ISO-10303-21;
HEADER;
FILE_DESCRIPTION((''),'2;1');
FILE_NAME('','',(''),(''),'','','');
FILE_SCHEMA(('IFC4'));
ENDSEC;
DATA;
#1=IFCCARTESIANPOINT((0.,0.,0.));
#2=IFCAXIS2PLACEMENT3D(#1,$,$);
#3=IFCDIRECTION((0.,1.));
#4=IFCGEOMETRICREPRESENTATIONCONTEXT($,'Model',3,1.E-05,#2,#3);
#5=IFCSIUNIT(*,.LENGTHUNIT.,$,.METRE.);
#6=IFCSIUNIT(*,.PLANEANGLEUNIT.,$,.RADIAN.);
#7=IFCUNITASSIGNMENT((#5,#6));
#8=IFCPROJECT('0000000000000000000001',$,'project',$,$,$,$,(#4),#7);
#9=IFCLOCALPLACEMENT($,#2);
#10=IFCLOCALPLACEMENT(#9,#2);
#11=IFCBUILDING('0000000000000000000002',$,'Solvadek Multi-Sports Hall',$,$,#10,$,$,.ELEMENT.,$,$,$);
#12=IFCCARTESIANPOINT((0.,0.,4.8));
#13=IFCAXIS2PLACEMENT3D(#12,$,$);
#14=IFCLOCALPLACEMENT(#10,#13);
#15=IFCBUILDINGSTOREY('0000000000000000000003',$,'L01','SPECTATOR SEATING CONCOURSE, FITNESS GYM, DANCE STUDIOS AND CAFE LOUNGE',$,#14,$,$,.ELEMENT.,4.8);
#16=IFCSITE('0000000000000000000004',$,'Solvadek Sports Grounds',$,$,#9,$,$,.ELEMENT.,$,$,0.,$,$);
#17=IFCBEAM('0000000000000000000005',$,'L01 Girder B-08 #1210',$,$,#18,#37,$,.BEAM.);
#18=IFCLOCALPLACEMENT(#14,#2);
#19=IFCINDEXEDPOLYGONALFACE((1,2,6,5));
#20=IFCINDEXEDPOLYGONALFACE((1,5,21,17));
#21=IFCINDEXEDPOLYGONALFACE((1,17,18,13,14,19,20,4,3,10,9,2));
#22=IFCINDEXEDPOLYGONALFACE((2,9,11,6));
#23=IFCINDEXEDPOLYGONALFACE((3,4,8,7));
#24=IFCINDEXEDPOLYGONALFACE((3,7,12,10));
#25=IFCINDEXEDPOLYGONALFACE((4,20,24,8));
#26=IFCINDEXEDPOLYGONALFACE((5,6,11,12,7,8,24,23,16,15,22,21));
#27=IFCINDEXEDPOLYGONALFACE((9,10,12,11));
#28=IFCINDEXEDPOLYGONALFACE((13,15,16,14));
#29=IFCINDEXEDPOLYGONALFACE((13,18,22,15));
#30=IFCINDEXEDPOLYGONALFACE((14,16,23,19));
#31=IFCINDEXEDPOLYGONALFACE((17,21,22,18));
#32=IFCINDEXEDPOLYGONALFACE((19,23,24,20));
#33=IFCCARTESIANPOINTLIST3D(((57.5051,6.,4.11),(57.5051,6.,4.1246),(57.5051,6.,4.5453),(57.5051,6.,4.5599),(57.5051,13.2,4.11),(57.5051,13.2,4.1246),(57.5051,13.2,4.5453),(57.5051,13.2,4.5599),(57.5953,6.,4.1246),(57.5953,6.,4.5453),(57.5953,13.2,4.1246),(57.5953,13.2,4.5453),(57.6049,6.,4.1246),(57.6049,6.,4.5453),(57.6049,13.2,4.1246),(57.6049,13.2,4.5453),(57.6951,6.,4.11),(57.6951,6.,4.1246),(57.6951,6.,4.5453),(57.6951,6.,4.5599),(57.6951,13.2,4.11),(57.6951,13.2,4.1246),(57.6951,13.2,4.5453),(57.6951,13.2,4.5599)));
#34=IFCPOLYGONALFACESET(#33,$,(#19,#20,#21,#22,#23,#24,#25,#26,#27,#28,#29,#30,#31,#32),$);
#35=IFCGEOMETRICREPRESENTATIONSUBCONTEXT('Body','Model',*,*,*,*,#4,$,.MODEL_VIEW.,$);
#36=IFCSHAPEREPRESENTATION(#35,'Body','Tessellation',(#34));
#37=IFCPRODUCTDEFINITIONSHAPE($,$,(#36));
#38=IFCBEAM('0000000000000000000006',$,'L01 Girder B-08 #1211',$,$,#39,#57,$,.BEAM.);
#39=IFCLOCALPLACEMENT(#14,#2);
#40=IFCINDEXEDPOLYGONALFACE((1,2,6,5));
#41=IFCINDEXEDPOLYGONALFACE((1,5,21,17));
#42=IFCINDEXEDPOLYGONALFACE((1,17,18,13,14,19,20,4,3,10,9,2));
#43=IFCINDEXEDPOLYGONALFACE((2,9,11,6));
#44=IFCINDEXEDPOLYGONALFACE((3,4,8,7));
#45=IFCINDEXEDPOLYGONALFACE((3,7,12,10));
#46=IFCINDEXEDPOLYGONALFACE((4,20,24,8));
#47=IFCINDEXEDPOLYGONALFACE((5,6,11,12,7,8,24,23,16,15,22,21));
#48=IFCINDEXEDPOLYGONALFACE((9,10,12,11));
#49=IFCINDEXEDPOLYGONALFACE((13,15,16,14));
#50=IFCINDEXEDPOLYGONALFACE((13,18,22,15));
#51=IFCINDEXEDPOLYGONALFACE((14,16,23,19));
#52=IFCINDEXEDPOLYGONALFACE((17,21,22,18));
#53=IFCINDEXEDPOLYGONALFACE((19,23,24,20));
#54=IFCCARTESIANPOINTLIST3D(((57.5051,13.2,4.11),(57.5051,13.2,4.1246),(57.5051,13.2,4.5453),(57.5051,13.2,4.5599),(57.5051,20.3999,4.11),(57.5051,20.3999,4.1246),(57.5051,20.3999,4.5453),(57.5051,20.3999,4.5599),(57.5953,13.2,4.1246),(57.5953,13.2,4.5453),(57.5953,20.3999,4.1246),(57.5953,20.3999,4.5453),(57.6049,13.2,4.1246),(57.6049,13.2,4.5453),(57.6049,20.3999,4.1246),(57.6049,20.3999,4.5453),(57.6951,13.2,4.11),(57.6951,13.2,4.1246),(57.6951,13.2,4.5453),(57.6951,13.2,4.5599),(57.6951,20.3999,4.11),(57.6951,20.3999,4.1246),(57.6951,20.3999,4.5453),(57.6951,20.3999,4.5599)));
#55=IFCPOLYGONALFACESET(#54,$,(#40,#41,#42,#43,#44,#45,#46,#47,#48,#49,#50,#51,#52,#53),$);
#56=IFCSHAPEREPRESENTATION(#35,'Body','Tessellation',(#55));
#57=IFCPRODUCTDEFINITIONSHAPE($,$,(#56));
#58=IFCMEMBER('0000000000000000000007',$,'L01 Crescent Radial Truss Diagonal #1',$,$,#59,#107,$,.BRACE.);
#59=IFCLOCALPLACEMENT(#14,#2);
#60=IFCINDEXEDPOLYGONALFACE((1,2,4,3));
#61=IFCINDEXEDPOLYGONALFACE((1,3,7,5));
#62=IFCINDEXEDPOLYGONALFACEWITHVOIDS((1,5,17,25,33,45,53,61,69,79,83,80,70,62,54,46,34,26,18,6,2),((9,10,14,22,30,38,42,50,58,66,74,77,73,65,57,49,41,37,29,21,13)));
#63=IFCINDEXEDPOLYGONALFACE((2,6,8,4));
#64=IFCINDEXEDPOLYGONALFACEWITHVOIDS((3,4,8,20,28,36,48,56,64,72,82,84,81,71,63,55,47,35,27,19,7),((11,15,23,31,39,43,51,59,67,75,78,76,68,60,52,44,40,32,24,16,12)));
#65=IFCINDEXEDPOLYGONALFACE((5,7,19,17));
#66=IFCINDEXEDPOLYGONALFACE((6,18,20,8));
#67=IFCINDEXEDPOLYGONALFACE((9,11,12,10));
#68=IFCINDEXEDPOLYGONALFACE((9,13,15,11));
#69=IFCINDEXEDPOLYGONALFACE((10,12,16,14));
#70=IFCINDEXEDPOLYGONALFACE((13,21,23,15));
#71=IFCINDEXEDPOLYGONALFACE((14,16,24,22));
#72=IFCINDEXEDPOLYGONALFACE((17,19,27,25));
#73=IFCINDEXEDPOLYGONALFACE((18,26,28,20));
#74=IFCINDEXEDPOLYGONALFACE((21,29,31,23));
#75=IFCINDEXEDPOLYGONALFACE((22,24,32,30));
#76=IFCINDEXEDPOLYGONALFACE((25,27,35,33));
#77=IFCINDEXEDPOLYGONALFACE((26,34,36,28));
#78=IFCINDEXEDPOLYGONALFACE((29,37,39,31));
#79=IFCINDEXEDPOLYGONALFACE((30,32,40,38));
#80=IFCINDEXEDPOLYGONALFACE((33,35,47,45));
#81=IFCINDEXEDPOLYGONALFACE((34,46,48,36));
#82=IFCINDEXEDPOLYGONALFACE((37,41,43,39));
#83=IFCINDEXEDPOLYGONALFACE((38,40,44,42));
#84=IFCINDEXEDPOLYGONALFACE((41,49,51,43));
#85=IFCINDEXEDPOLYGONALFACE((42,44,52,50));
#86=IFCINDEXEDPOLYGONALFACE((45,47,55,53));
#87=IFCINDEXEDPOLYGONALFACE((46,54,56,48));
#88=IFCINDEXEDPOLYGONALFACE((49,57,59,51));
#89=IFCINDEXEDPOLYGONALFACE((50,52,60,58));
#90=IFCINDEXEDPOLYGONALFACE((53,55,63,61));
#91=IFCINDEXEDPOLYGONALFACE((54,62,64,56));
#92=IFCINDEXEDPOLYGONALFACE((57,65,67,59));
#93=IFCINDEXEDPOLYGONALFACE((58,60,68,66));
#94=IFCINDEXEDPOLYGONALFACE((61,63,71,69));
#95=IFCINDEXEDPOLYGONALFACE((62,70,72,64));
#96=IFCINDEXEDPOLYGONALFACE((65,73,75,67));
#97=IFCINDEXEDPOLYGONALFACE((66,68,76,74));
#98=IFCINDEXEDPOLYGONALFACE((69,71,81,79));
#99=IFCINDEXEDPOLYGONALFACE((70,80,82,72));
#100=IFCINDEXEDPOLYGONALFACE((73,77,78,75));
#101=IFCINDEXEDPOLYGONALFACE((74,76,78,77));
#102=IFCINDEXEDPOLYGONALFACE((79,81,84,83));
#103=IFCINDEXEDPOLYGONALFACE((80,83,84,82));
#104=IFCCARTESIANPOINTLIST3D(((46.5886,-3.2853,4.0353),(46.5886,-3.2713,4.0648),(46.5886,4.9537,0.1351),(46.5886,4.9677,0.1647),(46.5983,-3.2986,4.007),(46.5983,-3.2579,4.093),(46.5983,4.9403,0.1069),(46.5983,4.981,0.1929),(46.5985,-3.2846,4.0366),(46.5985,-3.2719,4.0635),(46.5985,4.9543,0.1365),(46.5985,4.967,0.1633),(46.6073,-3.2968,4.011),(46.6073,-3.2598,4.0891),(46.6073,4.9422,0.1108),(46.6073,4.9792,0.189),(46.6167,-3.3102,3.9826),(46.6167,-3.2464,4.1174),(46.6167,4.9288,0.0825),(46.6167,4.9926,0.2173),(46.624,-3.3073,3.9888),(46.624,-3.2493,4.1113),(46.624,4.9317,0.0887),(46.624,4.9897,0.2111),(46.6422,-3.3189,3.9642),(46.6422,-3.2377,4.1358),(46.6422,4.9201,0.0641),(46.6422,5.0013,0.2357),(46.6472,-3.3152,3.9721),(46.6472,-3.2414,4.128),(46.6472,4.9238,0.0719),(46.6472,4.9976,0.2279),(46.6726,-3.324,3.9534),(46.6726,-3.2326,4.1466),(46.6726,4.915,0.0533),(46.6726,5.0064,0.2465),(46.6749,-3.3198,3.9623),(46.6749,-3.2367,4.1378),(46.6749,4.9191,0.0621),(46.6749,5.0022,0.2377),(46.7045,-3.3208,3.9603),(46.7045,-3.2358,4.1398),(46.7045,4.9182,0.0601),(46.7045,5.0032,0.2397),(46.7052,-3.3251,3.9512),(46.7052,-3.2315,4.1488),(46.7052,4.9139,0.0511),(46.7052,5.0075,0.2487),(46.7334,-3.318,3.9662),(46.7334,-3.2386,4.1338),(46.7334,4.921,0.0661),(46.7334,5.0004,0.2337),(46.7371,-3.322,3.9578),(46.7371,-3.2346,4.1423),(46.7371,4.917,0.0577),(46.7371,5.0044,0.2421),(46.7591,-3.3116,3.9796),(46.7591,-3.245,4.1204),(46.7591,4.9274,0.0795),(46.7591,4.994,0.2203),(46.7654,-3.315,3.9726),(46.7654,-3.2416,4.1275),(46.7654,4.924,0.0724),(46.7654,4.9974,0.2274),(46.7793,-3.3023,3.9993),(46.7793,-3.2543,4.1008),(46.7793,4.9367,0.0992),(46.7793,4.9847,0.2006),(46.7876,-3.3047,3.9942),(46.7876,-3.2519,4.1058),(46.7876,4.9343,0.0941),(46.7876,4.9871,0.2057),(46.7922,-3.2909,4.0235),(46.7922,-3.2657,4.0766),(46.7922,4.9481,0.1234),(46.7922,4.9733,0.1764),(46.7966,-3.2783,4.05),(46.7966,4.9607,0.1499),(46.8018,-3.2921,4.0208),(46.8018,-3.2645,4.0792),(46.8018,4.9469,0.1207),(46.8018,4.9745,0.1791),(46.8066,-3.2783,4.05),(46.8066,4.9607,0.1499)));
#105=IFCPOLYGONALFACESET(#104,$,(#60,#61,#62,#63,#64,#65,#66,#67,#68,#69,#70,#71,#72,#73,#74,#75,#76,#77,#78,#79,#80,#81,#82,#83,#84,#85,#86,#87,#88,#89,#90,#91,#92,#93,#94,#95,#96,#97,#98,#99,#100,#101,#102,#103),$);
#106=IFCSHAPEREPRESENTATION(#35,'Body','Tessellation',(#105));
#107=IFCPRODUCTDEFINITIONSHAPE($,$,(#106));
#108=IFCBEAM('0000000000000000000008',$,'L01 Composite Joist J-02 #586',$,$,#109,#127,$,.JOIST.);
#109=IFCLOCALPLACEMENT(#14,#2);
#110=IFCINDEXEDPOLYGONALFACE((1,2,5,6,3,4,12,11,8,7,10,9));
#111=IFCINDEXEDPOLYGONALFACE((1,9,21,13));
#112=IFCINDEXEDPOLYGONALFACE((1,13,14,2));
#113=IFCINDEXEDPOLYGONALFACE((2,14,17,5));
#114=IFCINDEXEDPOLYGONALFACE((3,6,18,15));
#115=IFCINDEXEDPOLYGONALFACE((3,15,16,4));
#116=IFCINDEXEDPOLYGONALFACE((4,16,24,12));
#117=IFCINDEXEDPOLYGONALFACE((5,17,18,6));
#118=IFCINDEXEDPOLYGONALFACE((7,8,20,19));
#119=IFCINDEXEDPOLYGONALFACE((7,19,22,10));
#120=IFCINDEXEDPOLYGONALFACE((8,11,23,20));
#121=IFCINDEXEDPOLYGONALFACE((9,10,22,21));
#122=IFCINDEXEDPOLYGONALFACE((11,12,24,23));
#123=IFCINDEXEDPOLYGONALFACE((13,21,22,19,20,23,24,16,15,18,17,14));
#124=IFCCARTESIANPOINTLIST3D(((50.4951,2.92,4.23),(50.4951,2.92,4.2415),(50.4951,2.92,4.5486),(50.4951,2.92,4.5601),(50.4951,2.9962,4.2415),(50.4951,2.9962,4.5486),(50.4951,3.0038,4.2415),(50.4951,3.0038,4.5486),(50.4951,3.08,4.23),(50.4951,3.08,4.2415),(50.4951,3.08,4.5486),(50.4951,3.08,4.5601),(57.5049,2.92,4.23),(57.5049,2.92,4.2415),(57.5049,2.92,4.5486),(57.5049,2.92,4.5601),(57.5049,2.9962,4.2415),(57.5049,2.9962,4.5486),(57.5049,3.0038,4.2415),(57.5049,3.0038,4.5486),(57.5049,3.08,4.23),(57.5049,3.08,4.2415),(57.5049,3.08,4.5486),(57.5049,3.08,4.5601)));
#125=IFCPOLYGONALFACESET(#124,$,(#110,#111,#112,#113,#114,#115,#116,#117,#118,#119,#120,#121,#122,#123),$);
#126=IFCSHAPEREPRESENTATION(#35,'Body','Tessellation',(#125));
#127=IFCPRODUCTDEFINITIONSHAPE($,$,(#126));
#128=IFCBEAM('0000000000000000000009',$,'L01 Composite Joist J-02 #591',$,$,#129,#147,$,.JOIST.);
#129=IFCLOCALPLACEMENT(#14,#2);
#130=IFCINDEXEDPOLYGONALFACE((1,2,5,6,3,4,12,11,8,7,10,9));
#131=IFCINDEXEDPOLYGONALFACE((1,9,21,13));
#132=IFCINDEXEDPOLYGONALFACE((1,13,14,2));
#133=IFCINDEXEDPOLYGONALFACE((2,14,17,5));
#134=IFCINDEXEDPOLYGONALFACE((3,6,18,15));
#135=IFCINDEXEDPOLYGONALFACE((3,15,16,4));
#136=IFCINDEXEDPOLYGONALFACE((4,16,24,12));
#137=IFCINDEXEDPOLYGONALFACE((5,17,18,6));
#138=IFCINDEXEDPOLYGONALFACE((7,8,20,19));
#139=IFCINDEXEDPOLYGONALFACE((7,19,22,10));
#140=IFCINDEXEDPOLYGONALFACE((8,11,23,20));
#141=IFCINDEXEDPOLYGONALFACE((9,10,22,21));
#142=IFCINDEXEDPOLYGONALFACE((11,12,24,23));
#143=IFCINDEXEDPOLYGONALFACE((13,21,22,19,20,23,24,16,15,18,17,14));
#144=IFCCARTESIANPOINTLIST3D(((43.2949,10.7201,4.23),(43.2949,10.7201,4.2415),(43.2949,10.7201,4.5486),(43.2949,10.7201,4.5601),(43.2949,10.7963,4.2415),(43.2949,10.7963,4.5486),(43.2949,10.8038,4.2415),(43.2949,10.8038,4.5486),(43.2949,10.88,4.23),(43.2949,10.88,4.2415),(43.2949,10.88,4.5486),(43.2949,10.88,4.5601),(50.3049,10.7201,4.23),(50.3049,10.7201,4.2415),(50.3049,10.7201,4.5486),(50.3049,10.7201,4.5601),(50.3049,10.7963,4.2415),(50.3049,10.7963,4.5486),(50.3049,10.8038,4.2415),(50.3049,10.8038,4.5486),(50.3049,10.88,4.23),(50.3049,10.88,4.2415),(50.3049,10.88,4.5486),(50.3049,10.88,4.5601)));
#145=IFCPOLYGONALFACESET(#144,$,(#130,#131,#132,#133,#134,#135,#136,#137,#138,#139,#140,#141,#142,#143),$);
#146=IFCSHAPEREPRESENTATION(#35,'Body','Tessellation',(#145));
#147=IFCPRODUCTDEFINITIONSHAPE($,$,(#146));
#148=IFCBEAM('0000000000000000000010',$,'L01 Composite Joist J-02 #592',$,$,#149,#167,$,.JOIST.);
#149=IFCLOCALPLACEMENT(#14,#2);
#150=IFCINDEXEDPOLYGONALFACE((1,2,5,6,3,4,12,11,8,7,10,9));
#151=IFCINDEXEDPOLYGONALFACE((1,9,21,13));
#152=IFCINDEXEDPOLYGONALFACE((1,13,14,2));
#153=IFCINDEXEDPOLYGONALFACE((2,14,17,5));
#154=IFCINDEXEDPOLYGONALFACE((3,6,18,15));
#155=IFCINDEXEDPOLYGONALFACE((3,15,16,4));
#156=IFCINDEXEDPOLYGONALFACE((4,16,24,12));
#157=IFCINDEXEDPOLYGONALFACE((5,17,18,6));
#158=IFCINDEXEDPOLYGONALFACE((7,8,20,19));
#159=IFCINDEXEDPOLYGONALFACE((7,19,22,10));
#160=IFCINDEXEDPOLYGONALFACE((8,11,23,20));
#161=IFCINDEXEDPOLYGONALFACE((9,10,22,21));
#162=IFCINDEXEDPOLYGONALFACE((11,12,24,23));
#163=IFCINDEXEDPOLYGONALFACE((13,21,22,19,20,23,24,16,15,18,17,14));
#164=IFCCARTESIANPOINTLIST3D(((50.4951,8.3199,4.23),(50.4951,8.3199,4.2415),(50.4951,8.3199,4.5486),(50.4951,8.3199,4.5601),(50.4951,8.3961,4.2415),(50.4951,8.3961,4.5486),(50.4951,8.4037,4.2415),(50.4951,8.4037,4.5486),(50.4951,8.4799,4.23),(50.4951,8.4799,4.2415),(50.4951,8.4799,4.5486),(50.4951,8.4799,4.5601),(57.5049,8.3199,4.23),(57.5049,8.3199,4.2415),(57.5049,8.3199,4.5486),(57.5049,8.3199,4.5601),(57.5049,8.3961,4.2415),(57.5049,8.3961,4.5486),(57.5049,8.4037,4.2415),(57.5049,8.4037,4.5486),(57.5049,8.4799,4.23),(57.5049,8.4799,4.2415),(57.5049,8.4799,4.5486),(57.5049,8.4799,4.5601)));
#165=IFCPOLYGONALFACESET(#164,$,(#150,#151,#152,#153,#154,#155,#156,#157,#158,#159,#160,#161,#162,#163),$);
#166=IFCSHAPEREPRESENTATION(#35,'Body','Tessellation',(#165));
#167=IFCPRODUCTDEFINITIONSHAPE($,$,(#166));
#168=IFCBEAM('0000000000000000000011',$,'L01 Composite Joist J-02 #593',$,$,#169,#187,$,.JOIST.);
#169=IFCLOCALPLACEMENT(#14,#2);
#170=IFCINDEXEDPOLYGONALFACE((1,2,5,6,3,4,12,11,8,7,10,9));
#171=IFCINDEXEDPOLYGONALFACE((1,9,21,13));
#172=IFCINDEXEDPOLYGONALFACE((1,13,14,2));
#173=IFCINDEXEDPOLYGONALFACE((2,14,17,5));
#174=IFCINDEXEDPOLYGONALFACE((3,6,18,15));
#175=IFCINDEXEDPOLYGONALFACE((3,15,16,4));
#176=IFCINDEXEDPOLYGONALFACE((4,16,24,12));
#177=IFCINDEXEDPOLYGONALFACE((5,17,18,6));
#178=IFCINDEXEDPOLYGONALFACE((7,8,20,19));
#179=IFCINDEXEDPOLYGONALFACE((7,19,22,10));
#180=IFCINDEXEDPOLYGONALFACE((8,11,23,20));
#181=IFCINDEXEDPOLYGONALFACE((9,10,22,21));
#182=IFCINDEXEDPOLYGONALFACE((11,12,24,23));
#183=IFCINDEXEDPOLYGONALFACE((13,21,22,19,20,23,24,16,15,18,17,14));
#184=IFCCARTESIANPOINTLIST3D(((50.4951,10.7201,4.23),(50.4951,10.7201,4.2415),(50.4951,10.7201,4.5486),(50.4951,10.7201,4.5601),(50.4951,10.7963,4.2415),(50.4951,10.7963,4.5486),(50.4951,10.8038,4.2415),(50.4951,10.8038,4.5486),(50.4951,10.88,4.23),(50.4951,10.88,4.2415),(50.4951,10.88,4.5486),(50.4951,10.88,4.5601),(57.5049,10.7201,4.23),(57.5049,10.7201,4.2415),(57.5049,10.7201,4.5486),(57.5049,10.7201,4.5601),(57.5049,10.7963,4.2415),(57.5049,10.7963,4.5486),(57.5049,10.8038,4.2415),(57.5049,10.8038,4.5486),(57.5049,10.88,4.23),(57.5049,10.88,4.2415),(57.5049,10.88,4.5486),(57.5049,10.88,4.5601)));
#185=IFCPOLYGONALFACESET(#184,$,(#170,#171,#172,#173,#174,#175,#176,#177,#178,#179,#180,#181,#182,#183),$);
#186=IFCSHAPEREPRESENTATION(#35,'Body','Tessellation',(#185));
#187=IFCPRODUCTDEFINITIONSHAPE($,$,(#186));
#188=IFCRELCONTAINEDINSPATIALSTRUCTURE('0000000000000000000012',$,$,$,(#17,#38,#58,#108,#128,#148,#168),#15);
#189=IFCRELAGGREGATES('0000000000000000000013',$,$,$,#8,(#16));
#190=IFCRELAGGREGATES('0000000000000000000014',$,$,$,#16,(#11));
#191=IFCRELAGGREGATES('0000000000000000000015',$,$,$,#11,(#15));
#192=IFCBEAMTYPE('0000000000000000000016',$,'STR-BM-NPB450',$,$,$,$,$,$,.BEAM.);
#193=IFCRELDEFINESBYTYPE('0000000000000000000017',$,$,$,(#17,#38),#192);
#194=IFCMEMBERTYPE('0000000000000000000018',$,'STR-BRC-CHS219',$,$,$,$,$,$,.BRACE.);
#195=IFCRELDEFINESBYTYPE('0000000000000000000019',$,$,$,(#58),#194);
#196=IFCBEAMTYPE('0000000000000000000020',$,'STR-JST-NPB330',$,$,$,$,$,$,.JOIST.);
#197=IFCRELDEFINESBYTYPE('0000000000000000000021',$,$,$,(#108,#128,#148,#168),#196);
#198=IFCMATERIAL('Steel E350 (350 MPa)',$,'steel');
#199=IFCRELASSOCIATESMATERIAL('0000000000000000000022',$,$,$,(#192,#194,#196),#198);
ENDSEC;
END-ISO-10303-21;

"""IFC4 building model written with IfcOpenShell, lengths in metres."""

from ifc_helpers import new_model, si_unit, direction, frame, origin, origin_2d, place, context, subcontext, project, spatial, hollow_circle, i_section, extrude, material, material_profile, profile_set, type_object, element, save


model = new_model("IFC4")

# Units and contexts
model_context = context("Model", 3, precision=1e-05, world=origin(), true_north=direction((0.0, 1.0)))
body_context = subcontext(model_context, "Body", "Model", "MODEL_VIEW")
ifc_project = project(units=[si_unit("LENGTHUNIT", "METRE"), si_unit("PLANEANGLEUNIT", "RADIAN")], contexts=[model_context])

# Site, building, storey
site_placement = place(None, origin())
site = spatial("IfcSite", under=ifc_project, at=site_placement, Name="Solvadek Sports Grounds", CompositionType="ELEMENT", RefElevation=0.0)
building_placement = place(site_placement, origin())
building = spatial("IfcBuilding", under=site, at=building_placement, Name="Solvadek Multi-Sports Hall", CompositionType="ELEMENT")
storey_placement = place(building_placement, frame((0.0, 0.0, 4.8)))
storey = spatial("IfcBuildingStorey", under=building, at=storey_placement, Name="L01", Description="SPECTATOR SEATING CONCOURSE, FITNESS GYM, DANCE STUDIOS AND CAFE LOUNGE", CompositionType="ELEMENT", Elevation=4.8)

# Shared definitions
ifc_material = material(Name="Steel E350 (350 MPa)", Category="steel")

# Beams
ifc_material_profile_1 = material_profile(ifc_material, i_section(OverallWidth=0.1899, OverallDepth=0.45, WebThickness=0.0095, FlangeThickness=0.0146, at=origin_2d()), Name="NPB 450")
ifc_profile_set_1 = profile_set([ifc_material_profile_1], Name="Steel E350 (350 MPa)")
beam_type_1 = type_object("IfcBeamType", Name="STR-BM-NPB450", PredefinedType="BEAM", material=ifc_profile_set_1)
for number, where, z_axis, x_axis, name in (
    (1, (57.6001, 6.0, 4.335), (0.0, 1.0, 0.0), (-1.0, 0.0, 0.0), "L01 Girder B-08 #1210"),
    (2, (57.6001, 13.2, 4.335), (0.0, 1.0, 0.0), (-1.0, 0.0, 0.0), "L01 Girder B-08 #1211"),
):
    element("IfcBeam", number, at=place(storey_placement, frame(where, z_axis=z_axis, x_axis=x_axis)), inside=storey, type_object=beam_type_1, Name=name, PredefinedType="BEAM", context=body_context, shape_type="SweptSolid", body=[
        extrude(i_section(OverallWidth=0.1899, OverallDepth=0.45, WebThickness=0.0095, FlangeThickness=0.0146, at=origin_2d()), origin(), (0.0, 0.0, 1.0), 7.2),
    ])

# Member
ifc_material_profile_2 = material_profile(ifc_material, hollow_circle(Radius=0.1096, WallThickness=0.01, at=origin_2d()), Name="CHS 219.1x10")
ifc_profile_set_2 = profile_set([ifc_material_profile_2], Name="Steel E350 (350 MPa)")
member_type = type_object("IfcMemberType", Name="STR-BRC-CHS219", PredefinedType="BRACE", material=ifc_profile_set_2)
member_placement = place(storey_placement, frame((46.697, 4.9607, 0.1499), z_axis=(0.0, -0.903846, 0.427858), x_axis=(1.0, 0.0, 0.0)))
element("IfcMember", 3, at=member_placement, inside=storey, type_object=member_type, Name="L01 Crescent Radial Truss Diagonal #1", PredefinedType="BRACE", context=body_context, shape_type="SweptSolid", body=[
    extrude(hollow_circle(Radius=0.1096, WallThickness=0.01, at=origin_2d()), origin(), (0.0, 0.0, 1.0), 9.1155),
])

# Beams
ifc_material_profile_3 = material_profile(ifc_material, i_section(OverallWidth=0.1599, OverallDepth=0.3301, WebThickness=0.0076, FlangeThickness=0.0115, at=origin_2d()), Name="NPB 330")
ifc_profile_set_3 = profile_set([ifc_material_profile_3], Name="Steel E350 (350 MPa)")
beam_type_2 = type_object("IfcBeamType", Name="STR-JST-NPB330", PredefinedType="JOIST", material=ifc_profile_set_3)
beam_1_placement = place(storey_placement, frame((50.4951, 3.0, 4.395), z_axis=(1.0, 0.0, 0.0), x_axis=(0.0, 1.0, 0.0)))
element("IfcBeam", 4, at=beam_1_placement, inside=storey, type_object=beam_type_2, Name="L01 Composite Joist J-02 #586", PredefinedType="JOIST", context=body_context, shape_type="SweptSolid", body=[
    extrude(i_section(OverallWidth=0.1599, OverallDepth=0.3301, WebThickness=0.0076, FlangeThickness=0.0115, at=origin_2d()), origin(), (0.0, 0.0, 1.0), 7.0098),
])
beam_2_placement = place(storey_placement, frame((43.2949, 10.8, 4.395), z_axis=(1.0, 0.0, 0.0), x_axis=(0.0, 1.0, 0.0)))
element("IfcBeam", 5, at=beam_2_placement, inside=storey, type_object=beam_type_2, Name="L01 Composite Joist J-02 #591", PredefinedType="JOIST", context=body_context, shape_type="SweptSolid", body=[
    extrude(i_section(OverallWidth=0.1599, OverallDepth=0.3301, WebThickness=0.0076, FlangeThickness=0.0115, at=origin_2d()), origin(), (0.0, 0.0, 1.0), 7.01),
])
for number, where, z_axis, x_axis, name in (
    (6, (50.4951, 8.3999, 4.395), (1.0, 0.0, 0.0), (0.0, 1.0, 0.0), "L01 Composite Joist J-02 #592"),
    (7, (50.4951, 10.8, 4.395), (1.0, 0.0, 0.0), (0.0, 1.0, 0.0), "L01 Composite Joist J-02 #593"),
):
    element("IfcBeam", number, at=place(storey_placement, frame(where, z_axis=z_axis, x_axis=x_axis)), inside=storey, type_object=beam_type_2, Name=name, PredefinedType="JOIST", context=body_context, shape_type="SweptSolid", body=[
        extrude(i_section(OverallWidth=0.1599, OverallDepth=0.3301, WebThickness=0.0076, FlangeThickness=0.0115, at=origin_2d()), origin(), (0.0, 0.0, 1.0), 7.0098),
    ])

save(model, "model.ifc")
